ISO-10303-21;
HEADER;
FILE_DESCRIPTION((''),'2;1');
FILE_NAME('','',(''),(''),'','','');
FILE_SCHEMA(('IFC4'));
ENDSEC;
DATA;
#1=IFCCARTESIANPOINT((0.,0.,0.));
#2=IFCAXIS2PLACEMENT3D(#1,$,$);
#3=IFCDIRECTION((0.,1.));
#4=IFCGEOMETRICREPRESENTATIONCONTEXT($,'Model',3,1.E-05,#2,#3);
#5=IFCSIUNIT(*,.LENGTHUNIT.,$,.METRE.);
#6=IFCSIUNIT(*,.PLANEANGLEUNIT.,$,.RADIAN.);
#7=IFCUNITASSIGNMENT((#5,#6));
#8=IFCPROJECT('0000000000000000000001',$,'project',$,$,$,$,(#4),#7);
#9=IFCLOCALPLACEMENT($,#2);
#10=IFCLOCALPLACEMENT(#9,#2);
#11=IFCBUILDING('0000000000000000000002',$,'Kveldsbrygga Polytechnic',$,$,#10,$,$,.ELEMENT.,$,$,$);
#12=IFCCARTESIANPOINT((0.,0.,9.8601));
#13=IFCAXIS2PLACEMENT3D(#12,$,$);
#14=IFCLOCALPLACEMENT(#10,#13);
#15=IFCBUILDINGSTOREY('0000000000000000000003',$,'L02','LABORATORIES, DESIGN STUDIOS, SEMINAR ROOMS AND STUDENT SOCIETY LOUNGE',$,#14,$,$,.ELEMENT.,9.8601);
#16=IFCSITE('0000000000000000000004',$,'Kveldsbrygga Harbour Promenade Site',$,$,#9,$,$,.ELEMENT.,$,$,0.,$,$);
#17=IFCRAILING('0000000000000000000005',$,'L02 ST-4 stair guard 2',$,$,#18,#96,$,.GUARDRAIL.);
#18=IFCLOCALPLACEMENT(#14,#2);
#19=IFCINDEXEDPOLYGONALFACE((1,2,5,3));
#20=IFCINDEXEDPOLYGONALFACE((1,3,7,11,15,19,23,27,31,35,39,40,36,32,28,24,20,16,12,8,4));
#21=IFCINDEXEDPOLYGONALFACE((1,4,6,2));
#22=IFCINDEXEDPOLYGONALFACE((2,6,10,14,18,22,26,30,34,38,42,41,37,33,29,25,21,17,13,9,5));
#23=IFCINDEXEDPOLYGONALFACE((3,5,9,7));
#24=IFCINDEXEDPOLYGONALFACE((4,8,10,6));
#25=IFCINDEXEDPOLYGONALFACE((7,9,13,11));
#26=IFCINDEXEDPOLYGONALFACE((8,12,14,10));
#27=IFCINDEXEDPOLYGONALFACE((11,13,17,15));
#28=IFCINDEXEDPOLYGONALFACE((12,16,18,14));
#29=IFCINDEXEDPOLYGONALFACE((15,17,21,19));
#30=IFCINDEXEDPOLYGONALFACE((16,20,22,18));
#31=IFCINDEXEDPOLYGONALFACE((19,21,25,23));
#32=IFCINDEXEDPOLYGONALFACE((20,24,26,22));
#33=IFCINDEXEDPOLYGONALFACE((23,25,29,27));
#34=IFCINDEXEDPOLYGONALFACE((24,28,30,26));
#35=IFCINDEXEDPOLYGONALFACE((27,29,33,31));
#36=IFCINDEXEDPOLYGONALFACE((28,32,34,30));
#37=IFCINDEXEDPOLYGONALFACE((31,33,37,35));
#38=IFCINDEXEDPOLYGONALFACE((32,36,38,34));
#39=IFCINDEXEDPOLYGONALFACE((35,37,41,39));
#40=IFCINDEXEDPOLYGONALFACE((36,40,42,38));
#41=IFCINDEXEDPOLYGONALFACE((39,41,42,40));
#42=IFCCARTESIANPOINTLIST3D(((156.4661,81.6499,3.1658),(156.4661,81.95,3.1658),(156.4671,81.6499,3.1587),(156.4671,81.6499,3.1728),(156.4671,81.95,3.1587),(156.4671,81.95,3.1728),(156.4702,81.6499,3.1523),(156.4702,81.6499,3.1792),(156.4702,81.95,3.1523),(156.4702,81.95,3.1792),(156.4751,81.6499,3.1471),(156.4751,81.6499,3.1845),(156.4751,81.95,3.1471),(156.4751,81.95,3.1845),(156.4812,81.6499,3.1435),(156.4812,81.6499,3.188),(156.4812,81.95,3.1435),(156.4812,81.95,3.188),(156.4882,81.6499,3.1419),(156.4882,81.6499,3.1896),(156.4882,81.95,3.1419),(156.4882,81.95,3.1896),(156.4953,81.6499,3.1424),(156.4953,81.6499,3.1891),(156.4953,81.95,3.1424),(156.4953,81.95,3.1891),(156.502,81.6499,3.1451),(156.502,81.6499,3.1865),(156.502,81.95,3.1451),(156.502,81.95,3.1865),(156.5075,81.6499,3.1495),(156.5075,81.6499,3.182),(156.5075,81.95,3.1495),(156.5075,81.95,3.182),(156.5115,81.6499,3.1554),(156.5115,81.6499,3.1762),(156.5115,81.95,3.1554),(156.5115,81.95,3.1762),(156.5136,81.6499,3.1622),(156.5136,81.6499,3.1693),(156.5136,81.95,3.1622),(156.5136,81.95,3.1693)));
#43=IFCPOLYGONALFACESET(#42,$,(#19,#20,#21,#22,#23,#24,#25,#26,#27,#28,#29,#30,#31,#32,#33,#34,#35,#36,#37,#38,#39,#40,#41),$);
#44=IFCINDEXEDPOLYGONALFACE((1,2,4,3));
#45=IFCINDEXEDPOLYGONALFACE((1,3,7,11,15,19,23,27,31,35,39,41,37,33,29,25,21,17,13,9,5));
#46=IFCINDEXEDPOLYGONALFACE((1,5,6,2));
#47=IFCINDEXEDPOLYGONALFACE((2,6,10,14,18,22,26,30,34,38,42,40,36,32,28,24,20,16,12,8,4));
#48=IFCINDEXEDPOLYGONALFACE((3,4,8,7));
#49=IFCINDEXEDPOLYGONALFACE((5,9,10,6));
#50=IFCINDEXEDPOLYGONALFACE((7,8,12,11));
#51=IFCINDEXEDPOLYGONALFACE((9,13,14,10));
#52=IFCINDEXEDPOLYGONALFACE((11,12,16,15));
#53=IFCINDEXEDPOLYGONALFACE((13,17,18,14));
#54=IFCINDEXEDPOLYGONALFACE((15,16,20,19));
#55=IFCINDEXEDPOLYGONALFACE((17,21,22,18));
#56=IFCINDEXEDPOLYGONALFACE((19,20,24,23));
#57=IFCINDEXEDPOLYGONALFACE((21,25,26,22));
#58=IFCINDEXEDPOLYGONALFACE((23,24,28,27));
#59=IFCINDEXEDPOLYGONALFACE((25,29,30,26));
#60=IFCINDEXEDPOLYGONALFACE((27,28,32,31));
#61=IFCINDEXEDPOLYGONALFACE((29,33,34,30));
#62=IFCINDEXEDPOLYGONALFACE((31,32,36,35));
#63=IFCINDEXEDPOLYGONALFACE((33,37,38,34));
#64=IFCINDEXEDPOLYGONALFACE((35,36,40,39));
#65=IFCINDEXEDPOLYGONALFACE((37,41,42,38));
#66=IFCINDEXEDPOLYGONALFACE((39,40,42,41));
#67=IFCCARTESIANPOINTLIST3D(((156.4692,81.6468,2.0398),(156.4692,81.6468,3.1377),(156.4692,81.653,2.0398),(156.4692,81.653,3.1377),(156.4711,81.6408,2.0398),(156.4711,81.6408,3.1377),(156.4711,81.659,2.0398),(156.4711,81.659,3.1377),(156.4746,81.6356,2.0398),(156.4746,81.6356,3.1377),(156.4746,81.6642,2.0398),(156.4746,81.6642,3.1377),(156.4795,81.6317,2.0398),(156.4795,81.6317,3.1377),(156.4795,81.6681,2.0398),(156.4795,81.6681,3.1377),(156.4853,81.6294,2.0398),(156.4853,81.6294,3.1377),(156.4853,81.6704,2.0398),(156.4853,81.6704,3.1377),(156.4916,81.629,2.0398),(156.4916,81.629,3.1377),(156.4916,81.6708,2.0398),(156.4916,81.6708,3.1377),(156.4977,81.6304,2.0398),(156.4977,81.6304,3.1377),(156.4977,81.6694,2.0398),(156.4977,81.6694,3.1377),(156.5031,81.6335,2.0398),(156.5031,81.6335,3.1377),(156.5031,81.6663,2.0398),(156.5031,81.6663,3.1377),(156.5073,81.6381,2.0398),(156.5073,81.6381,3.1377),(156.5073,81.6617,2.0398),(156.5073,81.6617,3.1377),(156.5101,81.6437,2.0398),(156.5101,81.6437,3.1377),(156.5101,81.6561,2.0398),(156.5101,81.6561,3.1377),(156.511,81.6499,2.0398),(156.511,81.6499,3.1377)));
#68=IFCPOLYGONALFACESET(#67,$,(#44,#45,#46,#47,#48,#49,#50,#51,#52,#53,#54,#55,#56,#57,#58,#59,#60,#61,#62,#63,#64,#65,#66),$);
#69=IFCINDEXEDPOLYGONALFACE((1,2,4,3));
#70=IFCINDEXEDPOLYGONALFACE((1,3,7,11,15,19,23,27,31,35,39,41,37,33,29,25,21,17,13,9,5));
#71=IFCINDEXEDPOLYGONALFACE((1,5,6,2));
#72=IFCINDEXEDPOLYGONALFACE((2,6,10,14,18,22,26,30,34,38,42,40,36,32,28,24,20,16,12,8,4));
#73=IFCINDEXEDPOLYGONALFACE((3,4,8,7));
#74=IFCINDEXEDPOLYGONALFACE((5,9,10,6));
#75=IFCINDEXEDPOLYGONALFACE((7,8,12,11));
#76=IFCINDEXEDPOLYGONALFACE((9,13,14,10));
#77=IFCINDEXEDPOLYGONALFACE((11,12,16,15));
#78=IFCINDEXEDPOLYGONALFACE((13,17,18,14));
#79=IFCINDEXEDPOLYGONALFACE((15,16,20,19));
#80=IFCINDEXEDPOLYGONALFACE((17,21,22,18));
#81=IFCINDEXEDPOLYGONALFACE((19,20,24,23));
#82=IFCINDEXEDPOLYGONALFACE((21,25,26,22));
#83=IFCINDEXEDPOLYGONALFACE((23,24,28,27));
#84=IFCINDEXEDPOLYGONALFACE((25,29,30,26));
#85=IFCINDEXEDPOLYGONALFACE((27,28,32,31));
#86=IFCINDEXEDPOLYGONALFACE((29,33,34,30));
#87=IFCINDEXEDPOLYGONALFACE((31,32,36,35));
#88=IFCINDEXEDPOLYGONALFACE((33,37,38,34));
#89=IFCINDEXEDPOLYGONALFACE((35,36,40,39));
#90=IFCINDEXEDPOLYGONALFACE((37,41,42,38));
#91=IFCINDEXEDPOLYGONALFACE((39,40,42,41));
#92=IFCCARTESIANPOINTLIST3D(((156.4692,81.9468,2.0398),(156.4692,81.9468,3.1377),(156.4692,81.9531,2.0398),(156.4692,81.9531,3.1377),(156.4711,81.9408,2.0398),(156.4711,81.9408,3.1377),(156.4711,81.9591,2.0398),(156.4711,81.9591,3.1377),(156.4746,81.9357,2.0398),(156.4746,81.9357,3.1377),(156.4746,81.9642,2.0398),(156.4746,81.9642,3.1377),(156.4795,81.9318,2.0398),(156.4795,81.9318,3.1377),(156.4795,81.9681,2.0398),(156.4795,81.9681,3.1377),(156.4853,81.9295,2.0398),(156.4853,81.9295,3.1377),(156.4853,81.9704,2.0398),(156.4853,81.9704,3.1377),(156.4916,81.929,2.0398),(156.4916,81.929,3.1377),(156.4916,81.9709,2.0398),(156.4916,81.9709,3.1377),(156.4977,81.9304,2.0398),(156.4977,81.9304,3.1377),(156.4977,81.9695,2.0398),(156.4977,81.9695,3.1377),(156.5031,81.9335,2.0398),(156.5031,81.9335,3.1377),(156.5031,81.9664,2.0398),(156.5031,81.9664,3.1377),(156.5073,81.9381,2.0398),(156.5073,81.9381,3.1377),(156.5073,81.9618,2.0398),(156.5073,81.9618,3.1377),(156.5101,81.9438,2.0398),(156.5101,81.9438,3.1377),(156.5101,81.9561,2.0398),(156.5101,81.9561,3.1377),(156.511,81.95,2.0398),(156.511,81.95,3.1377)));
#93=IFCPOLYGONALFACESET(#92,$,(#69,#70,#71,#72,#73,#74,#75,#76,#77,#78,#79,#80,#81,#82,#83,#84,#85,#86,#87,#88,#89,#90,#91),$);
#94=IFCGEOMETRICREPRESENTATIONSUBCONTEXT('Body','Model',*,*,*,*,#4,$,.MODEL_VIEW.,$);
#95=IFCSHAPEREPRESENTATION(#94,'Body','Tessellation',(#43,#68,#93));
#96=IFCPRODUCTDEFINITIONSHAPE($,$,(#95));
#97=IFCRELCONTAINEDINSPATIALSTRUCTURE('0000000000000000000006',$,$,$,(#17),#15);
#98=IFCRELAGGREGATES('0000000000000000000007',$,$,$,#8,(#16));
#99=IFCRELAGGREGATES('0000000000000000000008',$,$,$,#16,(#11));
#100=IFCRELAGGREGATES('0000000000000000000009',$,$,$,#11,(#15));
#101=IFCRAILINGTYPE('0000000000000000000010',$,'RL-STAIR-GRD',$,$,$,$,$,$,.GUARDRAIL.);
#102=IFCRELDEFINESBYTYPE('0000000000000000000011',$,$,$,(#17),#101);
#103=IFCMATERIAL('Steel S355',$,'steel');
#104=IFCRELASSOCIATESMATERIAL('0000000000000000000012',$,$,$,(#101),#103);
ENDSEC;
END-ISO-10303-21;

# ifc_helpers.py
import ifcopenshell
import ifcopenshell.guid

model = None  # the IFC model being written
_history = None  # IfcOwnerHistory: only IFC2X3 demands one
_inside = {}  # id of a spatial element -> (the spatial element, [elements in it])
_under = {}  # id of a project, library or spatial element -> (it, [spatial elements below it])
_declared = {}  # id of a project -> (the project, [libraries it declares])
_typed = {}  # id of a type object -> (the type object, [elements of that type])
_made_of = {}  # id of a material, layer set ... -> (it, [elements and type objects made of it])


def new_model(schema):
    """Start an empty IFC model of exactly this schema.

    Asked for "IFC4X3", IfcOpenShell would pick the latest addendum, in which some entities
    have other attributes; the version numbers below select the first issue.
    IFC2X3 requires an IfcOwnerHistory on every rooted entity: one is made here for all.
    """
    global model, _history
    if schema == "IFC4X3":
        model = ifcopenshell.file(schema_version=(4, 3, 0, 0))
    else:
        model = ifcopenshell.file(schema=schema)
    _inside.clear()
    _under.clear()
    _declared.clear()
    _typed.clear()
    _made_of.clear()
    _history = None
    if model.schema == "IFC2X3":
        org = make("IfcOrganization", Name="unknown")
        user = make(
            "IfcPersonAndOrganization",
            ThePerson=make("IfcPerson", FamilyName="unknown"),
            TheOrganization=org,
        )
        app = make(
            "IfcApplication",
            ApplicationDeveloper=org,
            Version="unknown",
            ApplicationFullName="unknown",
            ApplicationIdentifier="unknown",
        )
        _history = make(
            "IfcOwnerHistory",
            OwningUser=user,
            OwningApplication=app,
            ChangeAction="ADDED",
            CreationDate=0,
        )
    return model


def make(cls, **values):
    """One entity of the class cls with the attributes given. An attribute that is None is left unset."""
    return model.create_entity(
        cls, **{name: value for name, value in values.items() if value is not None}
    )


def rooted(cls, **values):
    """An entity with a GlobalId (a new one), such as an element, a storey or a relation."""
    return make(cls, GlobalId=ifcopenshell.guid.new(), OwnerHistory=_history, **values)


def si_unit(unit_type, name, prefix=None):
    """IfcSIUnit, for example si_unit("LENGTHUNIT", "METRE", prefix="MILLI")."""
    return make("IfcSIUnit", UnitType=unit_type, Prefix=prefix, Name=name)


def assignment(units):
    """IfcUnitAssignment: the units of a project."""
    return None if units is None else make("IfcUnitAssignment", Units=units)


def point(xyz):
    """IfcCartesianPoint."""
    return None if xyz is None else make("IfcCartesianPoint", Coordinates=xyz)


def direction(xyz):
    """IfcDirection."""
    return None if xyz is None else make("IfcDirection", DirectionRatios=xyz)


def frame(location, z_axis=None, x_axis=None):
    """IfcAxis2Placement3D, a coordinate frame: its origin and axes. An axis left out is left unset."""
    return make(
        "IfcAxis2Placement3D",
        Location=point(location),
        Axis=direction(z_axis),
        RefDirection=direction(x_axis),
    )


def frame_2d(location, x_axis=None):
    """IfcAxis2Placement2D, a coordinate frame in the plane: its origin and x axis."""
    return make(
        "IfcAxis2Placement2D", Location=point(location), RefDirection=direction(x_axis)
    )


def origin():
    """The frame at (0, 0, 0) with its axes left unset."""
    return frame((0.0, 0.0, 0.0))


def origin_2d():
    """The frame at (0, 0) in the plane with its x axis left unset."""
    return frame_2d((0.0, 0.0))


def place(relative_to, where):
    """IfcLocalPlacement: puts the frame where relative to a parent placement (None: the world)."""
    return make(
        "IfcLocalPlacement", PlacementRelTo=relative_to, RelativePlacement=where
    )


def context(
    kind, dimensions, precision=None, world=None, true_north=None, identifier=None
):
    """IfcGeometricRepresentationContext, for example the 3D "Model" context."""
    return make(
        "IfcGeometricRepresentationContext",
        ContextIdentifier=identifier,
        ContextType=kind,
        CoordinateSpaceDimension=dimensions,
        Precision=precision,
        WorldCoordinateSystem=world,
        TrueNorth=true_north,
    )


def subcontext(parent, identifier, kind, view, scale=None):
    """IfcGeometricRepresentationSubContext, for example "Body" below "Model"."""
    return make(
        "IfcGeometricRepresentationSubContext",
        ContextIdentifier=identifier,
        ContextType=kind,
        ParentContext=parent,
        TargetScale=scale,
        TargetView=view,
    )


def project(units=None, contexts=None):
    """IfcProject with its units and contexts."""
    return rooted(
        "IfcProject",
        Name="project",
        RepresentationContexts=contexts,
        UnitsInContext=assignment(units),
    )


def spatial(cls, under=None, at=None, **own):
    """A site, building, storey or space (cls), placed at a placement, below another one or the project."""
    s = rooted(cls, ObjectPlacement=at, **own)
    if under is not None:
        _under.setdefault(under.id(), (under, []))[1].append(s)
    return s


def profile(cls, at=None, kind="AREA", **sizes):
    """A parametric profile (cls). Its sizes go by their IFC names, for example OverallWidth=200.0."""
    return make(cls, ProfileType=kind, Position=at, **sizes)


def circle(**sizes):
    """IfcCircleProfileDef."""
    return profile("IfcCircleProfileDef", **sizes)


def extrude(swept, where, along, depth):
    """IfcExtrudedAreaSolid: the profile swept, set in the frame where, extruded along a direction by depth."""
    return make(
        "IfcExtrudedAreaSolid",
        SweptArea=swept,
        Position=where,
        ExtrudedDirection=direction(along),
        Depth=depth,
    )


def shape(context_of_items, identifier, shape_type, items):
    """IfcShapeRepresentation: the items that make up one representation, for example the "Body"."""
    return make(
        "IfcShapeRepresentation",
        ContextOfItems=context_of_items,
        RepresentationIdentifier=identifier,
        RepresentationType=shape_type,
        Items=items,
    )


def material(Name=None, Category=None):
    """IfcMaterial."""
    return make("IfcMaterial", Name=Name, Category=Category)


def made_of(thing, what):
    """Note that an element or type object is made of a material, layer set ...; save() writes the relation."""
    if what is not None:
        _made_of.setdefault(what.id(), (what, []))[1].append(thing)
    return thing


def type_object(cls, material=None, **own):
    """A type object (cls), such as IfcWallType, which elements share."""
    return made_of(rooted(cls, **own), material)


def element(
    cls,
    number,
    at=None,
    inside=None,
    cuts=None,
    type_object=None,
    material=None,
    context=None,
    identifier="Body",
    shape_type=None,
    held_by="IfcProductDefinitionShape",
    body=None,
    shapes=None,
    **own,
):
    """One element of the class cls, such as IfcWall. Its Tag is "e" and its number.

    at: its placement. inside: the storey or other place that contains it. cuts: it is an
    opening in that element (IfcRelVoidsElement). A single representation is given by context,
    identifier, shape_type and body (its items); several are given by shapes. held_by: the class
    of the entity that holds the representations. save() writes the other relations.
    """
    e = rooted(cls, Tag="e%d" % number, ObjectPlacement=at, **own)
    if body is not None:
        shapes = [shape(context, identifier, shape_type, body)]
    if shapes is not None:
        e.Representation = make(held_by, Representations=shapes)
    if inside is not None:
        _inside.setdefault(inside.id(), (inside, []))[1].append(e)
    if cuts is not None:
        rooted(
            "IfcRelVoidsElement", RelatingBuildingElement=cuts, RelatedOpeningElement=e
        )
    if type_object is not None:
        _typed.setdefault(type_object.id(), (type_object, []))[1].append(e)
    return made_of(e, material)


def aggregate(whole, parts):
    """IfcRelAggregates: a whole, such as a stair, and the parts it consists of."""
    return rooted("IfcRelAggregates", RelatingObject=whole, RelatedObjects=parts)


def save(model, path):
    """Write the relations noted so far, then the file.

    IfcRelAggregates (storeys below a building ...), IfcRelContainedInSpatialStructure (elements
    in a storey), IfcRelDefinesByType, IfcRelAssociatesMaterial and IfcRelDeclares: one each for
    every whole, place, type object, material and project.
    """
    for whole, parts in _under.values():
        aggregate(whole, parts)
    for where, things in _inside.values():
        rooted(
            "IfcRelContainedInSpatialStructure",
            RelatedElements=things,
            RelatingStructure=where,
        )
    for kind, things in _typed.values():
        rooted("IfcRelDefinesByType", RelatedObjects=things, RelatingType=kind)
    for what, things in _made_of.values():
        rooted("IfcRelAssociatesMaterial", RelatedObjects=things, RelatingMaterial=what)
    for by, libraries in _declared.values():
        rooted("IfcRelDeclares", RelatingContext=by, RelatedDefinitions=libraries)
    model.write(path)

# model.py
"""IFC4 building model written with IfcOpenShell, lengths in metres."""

from ifc_helpers import new_model, si_unit, direction, frame, origin, origin_2d, place, context, subcontext, project, spatial, circle, extrude, material, type_object, element, save


model = new_model("IFC4")

# Units and contexts
model_context = context("Model", 3, precision=1e-05, world=origin(), true_north=direction((0.0, 1.0)))
body_context = subcontext(model_context, "Body", "Model", "MODEL_VIEW")
ifc_project = project(units=[si_unit("LENGTHUNIT", "METRE"), si_unit("PLANEANGLEUNIT", "RADIAN")], contexts=[model_context])

# Site, building, storey
site_placement = place(None, origin())
site = spatial("IfcSite", under=ifc_project, at=site_placement, Name="Kveldsbrygga Harbour Promenade Site", CompositionType="ELEMENT", RefElevation=0.0)
building_placement = place(site_placement, origin())
building = spatial("IfcBuilding", under=site, at=building_placement, Name="Kveldsbrygga Polytechnic", CompositionType="ELEMENT")
storey_placement = place(building_placement, frame((0.0, 0.0, 9.8601)))
storey = spatial("IfcBuildingStorey", under=building, at=storey_placement, Name="L02", Description="LABORATORIES, DESIGN STUDIOS, SEMINAR ROOMS AND STUDENT SOCIETY LOUNGE", CompositionType="ELEMENT", Elevation=9.8601)

# Shared definitions
ifc_material_1 = material(Name="Steel S355", Category="steel")

# Railing
railing_type_1 = type_object("IfcRailingType", Name="RL-STAIR-GRD", PredefinedType="GUARDRAIL", material=ifc_material_1)
railing_1_placement = place(storey_placement, frame((156.49, 81.6499, 2.0398)))
element("IfcRailing", 1, at=railing_1_placement, inside=storey, type_object=railing_type_1, Name="L02 ST-4 stair guard 2", PredefinedType="GUARDRAIL", context=body_context, shape_type="SweptSolid", body=[
    extrude(circle(Radius=0.0239, at=origin_2d()), frame((0.0, 0.0, 1.126), z_axis=(0.0, 1.0, 0.0), x_axis=(-1.0, 0.0, 0.0)), (0.0, 0.0, 1.0), 0.3),
    extrude(circle(Radius=0.021, at=origin_2d()), origin(), (0.0, 0.0, 1.0), 1.0979),
    extrude(circle(Radius=0.021, at=origin_2d()), frame((0.0, 0.3, 0.0)), (0.0, 0.0, 1.0), 1.0979),
])

save(model, "model.ifc")
